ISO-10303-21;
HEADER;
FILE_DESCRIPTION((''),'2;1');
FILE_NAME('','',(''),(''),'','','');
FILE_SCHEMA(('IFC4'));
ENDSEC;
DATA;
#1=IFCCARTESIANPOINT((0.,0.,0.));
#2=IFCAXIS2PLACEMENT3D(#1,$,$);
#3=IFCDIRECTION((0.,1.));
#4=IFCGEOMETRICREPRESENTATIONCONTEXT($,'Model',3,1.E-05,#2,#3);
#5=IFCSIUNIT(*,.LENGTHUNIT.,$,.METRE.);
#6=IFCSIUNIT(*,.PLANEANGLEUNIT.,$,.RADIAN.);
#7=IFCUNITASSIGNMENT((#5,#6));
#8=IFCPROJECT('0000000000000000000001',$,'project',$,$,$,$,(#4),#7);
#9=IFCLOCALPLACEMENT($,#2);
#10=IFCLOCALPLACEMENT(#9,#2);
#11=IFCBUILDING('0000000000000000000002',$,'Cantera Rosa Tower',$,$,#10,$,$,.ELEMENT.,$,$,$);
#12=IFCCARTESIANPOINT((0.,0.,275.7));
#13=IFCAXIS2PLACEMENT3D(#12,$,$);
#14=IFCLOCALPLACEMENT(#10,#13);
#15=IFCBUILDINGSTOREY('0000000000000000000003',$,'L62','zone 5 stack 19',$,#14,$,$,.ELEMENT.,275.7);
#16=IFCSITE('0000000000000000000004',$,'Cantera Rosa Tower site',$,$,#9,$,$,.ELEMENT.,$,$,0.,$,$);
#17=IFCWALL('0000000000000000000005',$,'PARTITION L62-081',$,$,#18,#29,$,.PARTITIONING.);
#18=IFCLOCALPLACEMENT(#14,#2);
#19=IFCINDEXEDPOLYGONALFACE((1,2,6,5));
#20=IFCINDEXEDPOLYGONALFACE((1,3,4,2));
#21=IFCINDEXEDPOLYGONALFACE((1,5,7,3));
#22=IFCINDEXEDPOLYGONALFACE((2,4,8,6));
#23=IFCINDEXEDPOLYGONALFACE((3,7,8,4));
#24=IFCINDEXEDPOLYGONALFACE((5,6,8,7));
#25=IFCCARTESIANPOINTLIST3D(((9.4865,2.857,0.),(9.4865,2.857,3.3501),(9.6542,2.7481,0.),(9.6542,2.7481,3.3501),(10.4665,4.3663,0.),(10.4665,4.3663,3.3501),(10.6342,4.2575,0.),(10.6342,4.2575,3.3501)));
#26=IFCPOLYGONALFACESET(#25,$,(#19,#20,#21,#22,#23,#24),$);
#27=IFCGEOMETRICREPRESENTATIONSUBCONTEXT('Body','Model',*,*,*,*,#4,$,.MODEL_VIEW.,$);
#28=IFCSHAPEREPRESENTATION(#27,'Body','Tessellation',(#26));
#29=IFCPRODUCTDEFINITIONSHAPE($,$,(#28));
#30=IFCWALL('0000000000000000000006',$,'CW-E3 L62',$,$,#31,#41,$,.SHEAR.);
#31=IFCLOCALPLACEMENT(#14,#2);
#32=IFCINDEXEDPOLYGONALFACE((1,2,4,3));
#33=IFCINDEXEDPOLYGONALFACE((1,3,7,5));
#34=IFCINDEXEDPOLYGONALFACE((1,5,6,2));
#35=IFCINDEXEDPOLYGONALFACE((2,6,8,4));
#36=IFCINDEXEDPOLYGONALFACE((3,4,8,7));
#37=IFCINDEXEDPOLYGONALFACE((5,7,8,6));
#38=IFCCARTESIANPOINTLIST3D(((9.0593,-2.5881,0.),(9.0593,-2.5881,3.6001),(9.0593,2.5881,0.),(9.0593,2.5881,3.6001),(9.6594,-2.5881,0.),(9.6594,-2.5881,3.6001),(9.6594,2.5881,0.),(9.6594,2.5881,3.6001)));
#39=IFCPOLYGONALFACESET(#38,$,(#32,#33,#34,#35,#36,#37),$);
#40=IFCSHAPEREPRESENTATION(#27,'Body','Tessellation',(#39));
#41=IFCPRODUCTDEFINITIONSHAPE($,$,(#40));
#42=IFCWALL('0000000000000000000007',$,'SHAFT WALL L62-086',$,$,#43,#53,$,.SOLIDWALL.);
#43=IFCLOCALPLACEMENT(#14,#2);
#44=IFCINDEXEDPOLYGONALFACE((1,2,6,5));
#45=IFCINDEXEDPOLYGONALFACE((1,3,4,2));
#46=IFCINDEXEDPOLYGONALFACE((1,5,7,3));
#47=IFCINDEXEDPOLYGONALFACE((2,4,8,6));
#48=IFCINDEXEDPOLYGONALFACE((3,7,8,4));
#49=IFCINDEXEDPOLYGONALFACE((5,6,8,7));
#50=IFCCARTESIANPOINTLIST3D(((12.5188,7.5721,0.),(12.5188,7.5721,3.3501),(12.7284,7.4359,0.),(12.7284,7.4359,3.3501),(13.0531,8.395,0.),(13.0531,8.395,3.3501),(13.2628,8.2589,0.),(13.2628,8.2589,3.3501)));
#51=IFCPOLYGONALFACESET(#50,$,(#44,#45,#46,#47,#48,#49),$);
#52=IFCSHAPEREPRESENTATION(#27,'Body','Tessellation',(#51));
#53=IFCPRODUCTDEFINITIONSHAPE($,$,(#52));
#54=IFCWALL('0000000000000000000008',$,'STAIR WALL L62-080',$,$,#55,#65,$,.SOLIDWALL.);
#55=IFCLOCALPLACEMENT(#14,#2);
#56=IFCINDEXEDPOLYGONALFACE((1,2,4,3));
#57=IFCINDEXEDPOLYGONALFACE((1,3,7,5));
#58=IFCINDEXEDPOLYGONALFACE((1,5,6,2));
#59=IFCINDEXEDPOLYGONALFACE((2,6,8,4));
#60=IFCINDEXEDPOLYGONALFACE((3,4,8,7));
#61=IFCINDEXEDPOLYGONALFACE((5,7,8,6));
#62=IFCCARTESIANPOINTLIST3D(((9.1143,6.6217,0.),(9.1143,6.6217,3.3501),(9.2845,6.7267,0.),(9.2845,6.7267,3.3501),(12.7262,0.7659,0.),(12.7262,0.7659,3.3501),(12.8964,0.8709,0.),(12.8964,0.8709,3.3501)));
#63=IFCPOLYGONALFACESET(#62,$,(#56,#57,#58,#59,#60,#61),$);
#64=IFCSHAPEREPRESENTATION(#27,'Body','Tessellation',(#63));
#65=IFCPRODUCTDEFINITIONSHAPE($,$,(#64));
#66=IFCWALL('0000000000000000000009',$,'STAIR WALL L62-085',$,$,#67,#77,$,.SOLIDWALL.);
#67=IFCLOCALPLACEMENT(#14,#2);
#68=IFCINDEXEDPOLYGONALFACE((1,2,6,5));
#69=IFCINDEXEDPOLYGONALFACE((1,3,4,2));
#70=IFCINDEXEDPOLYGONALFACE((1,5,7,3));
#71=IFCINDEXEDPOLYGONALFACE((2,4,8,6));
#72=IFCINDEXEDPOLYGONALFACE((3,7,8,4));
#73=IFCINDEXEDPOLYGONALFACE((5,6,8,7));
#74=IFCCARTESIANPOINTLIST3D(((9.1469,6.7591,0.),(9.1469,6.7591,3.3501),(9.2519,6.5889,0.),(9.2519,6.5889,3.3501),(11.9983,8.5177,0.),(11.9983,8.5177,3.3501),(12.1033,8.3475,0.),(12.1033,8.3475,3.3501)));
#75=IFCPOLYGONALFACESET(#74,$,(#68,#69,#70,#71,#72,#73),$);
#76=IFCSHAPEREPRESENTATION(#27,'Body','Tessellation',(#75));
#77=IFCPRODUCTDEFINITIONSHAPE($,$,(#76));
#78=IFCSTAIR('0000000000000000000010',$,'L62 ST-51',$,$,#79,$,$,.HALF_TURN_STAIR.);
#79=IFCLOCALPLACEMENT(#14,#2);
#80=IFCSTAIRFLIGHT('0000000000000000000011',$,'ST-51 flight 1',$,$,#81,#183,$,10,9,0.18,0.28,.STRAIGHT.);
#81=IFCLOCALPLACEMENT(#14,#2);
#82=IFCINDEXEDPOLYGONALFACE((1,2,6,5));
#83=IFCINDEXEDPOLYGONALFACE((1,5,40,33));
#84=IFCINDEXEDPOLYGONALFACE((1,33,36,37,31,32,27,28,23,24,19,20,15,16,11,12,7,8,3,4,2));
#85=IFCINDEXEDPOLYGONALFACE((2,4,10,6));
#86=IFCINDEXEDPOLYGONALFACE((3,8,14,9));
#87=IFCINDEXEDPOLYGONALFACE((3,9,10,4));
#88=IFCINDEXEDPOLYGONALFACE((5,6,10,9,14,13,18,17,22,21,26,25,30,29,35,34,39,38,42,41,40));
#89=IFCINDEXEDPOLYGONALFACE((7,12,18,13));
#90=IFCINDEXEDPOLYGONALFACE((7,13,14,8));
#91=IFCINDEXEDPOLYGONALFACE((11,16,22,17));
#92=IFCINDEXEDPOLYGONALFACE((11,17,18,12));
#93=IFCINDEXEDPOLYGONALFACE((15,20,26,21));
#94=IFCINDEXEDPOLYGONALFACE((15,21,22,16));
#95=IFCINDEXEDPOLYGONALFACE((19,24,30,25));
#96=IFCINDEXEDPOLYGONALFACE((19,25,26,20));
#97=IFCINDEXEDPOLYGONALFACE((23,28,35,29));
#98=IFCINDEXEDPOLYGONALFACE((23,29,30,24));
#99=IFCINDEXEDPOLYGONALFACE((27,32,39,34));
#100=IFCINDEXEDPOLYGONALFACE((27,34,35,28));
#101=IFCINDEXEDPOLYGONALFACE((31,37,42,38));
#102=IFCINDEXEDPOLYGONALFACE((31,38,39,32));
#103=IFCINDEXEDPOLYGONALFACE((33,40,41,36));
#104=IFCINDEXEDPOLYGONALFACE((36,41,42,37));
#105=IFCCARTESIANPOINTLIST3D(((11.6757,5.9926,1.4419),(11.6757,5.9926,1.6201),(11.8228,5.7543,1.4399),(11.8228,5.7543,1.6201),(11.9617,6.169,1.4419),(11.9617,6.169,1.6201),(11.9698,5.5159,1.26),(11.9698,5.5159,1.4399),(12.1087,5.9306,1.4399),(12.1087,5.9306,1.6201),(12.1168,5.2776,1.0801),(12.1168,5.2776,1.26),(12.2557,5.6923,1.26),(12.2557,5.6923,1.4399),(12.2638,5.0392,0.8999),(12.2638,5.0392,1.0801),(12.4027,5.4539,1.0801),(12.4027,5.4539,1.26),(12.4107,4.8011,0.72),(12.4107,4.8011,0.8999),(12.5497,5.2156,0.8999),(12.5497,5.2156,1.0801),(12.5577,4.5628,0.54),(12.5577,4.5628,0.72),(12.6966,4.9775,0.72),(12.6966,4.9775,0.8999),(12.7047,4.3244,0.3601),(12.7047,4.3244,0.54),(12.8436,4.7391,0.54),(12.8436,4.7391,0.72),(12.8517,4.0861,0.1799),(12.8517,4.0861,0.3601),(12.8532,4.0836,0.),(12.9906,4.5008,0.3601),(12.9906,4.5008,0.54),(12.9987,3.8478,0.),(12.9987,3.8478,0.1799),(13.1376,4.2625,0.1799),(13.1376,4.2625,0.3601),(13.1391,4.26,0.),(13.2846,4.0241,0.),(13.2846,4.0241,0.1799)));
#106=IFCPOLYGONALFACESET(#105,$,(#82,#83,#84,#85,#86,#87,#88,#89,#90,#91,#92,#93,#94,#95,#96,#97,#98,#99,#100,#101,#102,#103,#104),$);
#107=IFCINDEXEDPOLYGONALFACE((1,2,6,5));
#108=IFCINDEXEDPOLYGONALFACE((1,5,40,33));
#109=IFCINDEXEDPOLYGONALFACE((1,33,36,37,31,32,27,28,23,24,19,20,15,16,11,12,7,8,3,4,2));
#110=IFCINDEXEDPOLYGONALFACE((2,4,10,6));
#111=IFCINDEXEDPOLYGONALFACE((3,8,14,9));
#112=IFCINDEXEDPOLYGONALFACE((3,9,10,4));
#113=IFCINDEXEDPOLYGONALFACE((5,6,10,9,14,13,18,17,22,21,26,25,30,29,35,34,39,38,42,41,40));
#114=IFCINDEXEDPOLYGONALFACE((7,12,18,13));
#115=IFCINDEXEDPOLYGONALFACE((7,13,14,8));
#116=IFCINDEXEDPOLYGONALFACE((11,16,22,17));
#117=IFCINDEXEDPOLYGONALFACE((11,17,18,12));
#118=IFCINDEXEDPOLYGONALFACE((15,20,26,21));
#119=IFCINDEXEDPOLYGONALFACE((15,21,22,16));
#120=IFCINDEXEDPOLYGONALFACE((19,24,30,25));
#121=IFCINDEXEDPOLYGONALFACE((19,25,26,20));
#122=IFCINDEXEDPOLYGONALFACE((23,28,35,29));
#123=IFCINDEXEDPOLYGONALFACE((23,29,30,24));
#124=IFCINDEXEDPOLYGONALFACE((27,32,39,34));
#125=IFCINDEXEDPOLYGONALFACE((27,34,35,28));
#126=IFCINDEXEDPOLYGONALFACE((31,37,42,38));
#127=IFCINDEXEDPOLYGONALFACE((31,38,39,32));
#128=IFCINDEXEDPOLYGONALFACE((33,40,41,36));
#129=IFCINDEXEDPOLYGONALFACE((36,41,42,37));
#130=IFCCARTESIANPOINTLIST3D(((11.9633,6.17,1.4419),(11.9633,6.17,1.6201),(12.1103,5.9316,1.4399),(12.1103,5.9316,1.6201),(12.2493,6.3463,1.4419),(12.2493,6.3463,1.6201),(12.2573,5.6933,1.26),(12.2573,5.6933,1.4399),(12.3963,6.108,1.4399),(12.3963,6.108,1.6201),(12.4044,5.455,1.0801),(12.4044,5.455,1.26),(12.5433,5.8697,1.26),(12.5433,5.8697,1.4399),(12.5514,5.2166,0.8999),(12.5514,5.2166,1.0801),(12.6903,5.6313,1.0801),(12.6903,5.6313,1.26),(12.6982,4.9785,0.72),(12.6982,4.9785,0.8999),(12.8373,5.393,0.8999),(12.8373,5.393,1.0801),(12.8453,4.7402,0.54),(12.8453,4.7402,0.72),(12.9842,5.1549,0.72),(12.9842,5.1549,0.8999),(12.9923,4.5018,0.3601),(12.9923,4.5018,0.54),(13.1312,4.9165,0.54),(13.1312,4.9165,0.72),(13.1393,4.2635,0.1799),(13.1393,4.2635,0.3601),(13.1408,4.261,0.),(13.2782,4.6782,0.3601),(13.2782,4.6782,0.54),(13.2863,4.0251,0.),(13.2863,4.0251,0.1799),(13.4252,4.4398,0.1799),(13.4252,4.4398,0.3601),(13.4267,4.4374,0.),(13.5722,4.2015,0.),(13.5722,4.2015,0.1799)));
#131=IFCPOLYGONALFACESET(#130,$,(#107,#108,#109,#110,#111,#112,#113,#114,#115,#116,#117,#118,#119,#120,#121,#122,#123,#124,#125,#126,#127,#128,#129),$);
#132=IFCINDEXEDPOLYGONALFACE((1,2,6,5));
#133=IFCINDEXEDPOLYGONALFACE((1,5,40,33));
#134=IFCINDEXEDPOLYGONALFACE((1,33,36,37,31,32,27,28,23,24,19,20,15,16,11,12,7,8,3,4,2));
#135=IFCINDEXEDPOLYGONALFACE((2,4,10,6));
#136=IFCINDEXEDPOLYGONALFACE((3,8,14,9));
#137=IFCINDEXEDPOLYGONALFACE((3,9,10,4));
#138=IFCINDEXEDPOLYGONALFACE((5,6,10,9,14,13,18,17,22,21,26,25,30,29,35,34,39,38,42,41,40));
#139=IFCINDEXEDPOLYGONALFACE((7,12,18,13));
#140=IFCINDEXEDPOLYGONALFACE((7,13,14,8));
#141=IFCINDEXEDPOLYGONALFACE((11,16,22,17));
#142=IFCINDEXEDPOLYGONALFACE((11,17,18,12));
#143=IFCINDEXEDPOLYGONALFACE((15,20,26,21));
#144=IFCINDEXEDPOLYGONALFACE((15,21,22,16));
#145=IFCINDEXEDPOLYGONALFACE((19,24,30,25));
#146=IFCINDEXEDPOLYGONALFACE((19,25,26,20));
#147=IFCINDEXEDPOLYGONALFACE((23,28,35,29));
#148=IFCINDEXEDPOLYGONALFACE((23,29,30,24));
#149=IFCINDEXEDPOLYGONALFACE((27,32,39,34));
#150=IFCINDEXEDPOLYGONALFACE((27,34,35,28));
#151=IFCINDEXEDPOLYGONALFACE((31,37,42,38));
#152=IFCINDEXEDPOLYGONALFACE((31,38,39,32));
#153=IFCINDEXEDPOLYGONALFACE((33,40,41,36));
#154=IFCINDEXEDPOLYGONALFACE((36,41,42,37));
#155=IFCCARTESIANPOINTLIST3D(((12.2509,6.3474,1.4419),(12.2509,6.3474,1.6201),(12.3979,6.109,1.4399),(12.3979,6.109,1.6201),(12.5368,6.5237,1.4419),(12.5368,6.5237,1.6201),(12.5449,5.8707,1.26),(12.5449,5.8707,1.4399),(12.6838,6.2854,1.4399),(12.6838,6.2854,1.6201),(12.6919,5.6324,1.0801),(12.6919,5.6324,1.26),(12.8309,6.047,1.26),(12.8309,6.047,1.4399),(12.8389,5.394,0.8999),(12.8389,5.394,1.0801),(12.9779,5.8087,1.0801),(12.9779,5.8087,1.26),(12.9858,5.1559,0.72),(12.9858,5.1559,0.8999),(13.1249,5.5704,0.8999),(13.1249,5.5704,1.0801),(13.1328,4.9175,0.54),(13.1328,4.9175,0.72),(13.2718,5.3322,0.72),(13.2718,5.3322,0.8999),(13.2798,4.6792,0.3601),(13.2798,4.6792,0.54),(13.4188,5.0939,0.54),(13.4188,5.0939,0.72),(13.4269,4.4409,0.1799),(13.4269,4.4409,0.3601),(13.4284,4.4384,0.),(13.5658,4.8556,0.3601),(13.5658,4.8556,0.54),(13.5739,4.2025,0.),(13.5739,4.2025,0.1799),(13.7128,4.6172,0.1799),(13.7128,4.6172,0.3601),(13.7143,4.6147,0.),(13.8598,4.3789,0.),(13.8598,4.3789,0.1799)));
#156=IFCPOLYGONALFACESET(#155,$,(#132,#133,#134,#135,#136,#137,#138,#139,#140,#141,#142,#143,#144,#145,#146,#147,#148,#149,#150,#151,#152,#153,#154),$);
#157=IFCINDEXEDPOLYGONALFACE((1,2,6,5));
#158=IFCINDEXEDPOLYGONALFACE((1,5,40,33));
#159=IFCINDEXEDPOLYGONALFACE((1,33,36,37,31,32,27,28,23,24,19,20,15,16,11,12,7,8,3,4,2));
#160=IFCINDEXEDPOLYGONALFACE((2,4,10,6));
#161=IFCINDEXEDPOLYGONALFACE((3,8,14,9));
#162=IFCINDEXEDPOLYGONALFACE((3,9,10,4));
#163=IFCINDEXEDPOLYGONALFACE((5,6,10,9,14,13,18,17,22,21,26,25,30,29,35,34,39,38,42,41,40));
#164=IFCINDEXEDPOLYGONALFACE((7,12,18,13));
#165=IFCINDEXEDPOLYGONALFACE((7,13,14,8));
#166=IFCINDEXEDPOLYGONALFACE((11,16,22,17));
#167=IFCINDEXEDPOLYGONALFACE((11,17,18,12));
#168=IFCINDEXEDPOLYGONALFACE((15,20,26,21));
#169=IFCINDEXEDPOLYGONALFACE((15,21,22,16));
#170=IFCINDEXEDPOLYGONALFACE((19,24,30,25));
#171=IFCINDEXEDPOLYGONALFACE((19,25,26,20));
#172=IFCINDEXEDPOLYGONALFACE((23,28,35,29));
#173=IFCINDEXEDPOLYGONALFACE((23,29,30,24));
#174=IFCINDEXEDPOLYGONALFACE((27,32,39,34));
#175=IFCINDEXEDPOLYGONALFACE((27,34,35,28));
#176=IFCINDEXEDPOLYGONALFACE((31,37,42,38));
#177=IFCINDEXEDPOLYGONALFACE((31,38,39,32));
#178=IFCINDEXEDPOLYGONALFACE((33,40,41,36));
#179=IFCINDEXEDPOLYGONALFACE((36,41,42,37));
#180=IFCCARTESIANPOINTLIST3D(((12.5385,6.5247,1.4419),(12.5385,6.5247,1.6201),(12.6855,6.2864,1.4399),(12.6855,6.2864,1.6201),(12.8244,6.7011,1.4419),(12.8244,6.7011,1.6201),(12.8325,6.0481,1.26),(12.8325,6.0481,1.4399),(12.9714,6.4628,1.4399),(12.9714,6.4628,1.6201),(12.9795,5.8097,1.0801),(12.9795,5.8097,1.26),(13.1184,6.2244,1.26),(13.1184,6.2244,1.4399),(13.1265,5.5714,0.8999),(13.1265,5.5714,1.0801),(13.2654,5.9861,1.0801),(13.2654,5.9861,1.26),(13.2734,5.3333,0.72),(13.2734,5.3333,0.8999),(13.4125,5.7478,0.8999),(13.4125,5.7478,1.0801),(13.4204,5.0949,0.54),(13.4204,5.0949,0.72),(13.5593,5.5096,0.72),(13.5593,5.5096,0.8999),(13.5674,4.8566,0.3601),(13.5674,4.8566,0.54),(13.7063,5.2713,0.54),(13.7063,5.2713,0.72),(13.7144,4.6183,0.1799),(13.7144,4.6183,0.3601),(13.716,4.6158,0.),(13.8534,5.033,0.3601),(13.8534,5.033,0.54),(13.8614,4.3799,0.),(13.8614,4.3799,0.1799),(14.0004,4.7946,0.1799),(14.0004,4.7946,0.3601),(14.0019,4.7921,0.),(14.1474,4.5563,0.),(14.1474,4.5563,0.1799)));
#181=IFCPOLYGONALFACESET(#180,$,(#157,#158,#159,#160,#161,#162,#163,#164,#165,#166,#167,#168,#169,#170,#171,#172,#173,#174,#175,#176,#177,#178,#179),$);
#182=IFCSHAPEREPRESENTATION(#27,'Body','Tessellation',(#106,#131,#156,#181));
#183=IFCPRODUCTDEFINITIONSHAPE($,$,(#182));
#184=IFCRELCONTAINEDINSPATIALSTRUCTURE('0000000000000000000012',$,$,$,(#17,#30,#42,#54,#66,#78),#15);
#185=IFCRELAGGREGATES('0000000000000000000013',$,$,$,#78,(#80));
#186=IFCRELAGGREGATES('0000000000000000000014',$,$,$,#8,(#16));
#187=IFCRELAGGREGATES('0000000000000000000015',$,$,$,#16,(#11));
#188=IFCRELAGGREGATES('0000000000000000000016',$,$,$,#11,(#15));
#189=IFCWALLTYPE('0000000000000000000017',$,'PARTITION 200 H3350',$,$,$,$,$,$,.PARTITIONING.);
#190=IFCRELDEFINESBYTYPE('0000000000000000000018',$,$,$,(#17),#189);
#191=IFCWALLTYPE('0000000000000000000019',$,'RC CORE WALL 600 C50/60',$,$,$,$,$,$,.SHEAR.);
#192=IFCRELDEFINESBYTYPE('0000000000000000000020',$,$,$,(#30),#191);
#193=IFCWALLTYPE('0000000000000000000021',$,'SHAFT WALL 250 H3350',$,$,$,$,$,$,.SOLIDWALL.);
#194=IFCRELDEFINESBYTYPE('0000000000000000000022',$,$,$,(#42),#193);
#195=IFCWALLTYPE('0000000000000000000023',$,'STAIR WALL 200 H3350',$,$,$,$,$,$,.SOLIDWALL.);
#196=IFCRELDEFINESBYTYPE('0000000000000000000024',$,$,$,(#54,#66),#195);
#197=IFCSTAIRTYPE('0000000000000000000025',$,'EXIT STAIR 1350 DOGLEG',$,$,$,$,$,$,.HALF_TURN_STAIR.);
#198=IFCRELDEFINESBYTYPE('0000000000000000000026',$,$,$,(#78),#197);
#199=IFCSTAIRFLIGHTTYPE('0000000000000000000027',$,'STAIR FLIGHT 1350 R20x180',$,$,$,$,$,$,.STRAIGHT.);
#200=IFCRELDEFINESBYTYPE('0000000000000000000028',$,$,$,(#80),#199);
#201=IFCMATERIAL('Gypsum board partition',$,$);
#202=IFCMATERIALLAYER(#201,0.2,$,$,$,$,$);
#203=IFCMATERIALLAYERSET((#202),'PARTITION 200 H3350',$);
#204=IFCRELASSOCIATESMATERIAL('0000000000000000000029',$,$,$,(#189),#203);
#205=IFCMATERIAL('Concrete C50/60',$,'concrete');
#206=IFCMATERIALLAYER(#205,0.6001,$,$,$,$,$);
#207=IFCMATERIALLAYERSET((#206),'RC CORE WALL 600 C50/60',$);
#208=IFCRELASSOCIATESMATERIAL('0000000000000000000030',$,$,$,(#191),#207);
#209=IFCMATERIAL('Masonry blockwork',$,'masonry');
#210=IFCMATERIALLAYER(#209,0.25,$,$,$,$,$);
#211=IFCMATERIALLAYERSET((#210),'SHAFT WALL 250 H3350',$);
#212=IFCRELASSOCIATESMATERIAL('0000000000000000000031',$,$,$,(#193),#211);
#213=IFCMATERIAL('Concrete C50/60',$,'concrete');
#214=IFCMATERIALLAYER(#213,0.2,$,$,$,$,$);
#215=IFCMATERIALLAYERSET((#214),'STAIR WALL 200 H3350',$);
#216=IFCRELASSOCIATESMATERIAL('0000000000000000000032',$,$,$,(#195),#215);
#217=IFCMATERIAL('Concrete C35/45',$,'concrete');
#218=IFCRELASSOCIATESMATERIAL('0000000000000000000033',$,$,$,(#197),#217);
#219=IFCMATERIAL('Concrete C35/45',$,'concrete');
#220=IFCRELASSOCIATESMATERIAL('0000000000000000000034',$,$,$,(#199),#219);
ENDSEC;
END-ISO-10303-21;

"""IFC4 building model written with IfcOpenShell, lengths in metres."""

from ifc_helpers import new_model, si_unit, direction, frame, frame_2d, origin, place, context, subcontext, project, spatial, polyline, rectangle, outline, extrude, material, layer, layer_set, type_object, element, aggregate, save


model = new_model("IFC4")

# Units and contexts
model_context = context("Model", 3, precision=1e-05, world=origin(), true_north=direction((0.0, 1.0)))
body_context = subcontext(model_context, "Body", "Model", "MODEL_VIEW")
ifc_project = project(units=[si_unit("LENGTHUNIT", "METRE"), si_unit("PLANEANGLEUNIT", "RADIAN")], contexts=[model_context])

# Site, building, storey
site_placement = place(None, origin())
site = spatial("IfcSite", under=ifc_project, at=site_placement, Name="Cantera Rosa Tower site", CompositionType="ELEMENT", RefElevation=0.0)
building_placement = place(site_placement, origin())
building = spatial("IfcBuilding", under=site, at=building_placement, Name="Cantera Rosa Tower", CompositionType="ELEMENT")
storey_placement = place(building_placement, frame((0.0, 0.0, 275.7)))
storey = spatial("IfcBuildingStorey", under=building, at=storey_placement, Name="L62", Description="zone 5 stack 19", CompositionType="ELEMENT", Elevation=275.7)

# Walls
ifc_material_1 = material(Name="Gypsum board partition")
ifc_layer_1 = layer(ifc_material_1, 0.2)
ifc_layer_set_1 = layer_set([ifc_layer_1], Name="PARTITION 200 H3350")
wall_type_1 = type_object("IfcWallType", Name="PARTITION 200 H3350", PredefinedType="PARTITIONING", material=ifc_layer_set_1)
wall_1_placement = place(storey_placement, frame((9.5703, 2.8025, 0.0), z_axis=(0.0, 0.0, 1.0), x_axis=(0.544578, 0.83871, 0.0)))
element("IfcWall", 1, at=wall_1_placement, inside=storey, type_object=wall_type_1, Name="PARTITION L62-081", PredefinedType="PARTITIONING", context=body_context, shape_type="SweptSolid", body=[
    extrude(rectangle(XDim=1.7996, YDim=0.2, at=frame_2d((0.8999, 0.0))), origin(), (0.0, 0.0, 1.0), 3.3501),
])
ifc_material_2 = material(Name="Concrete C50/60", Category="concrete")
ifc_layer_2 = layer(ifc_material_2, 0.6001)
ifc_layer_set_2 = layer_set([ifc_layer_2], Name="RC CORE WALL 600 C50/60")
wall_type_2 = type_object("IfcWallType", Name="RC CORE WALL 600 C50/60", PredefinedType="SHEAR", material=ifc_layer_set_2)
wall_2_placement = place(storey_placement, frame((9.3594, 2.5881, 0.0), z_axis=(0.0, 0.0, 1.0), x_axis=(0.0, -1.0, 0.0)))
element("IfcWall", 2, at=wall_2_placement, inside=storey, type_object=wall_type_2, Name="CW-E3 L62", PredefinedType="SHEAR", context=body_context, shape_type="SweptSolid", body=[
    extrude(rectangle(XDim=5.1763, YDim=0.6001, at=frame_2d((2.5881, 0.0))), origin(), (0.0, 0.0, 1.0), 3.6001),
])
ifc_material_3 = material(Name="Masonry blockwork", Category="masonry")
ifc_layer_3 = layer(ifc_material_3, 0.25)
ifc_layer_set_3 = layer_set([ifc_layer_3], Name="SHAFT WALL 250 H3350")
wall_type_3 = type_object("IfcWallType", Name="SHAFT WALL 250 H3350", PredefinedType="SOLIDWALL", material=ifc_layer_set_3)
wall_3_placement = place(storey_placement, frame((12.6235, 7.5039, 0.0), z_axis=(0.0, 0.0, 1.0), x_axis=(0.544612, 0.838688, 0.0)))
element("IfcWall", 3, at=wall_3_placement, inside=storey, type_object=wall_type_3, Name="SHAFT WALL L62-086", PredefinedType="SOLIDWALL", context=body_context, shape_type="SweptSolid", body=[
    extrude(rectangle(XDim=0.9812, YDim=0.25, at=frame_2d((0.4907, 0.0))), origin(), (0.0, 0.0, 1.0), 3.3501),
])
ifc_material_4 = material(Name="Concrete C50/60", Category="concrete")
ifc_layer_4 = layer(ifc_material_4, 0.2)
ifc_layer_set_4 = layer_set([ifc_layer_4], Name="STAIR WALL 200 H3350")
wall_type_4 = type_object("IfcWallType", Name="STAIR WALL 200 H3350", PredefinedType="SOLIDWALL", material=ifc_layer_set_4)
wall_4_placement = place(storey_placement, frame((9.1995, 6.6741, 0.0), z_axis=(0.0, 0.0, 1.0), x_axis=(0.524972, -0.851119, 0.0)))
element("IfcWall", 4, at=wall_4_placement, inside=storey, type_object=wall_type_4, Name="STAIR WALL L62-080", PredefinedType="SOLIDWALL", context=body_context, shape_type="SweptSolid", body=[
    extrude(rectangle(XDim=6.8801, YDim=0.2, at=frame_2d((3.4399, 0.0))), origin(), (0.0, 0.0, 1.0), 3.3501),
])
wall_5_placement = place(storey_placement, frame((12.0508, 8.4326, 0.0), z_axis=(0.0, 0.0, 1.0), x_axis=(-0.85114, -0.524939, 0.0)))
element("IfcWall", 5, at=wall_5_placement, inside=storey, type_object=wall_type_4, Name="STAIR WALL L62-085", PredefinedType="SOLIDWALL", context=body_context, shape_type="SweptSolid", body=[
    extrude(rectangle(XDim=3.3501, YDim=0.2, at=frame_2d((1.675, 0.0))), origin(), (0.0, 0.0, 1.0), 3.3501),
])

# Stair, stair flight
ifc_material_5 = material(Name="Concrete C35/45", Category="concrete")
stair_type = type_object("IfcStairType", Name="EXIT STAIR 1350 DOGLEG", PredefinedType="HALF_TURN_STAIR", material=ifc_material_5)
stair_placement = place(storey_placement, origin())
stair = element("IfcStair", 6, at=stair_placement, inside=storey, type_object=stair_type, Name="L62 ST-51", PredefinedType="HALF_TURN_STAIR")
ifc_material_6 = material(Name="Concrete C35/45", Category="concrete")
stair_flight_type = type_object("IfcStairFlightType", Name="STAIR FLIGHT 1350 R20x180", PredefinedType="STRAIGHT", material=ifc_material_6)
stair_flight_1_placement = place(storey_placement, frame((13.5732, 4.2021, 0.0), z_axis=(0.0, 0.0, 1.0), x_axis=(-0.524977, 0.851117, 0.0)))
stair_flight_1 = element("IfcStairFlight", 7, at=stair_flight_1_placement, type_object=stair_flight_type, Name="ST-51 flight 1", NumberOfRisers=10, NumberOfTreads=9, PredefinedType="STRAIGHT", RiserHeight=0.18, TreadLength=0.28, context=body_context, shape_type="SweptSolid", body=[
    extrude(outline(polyline([(0.0, 0.0), (0.0, 0.1799), (0.28, 0.1799), (0.28, 0.3601), (0.5601, 0.3601), (0.5601, 0.54), (0.8401, 0.54), (0.8401, 0.72), (1.1201, 0.72), (1.1201, 0.8999), (1.3999, 0.8999), (1.3999, 1.0801), (1.6799, 1.0801), (1.6799, 1.26), (1.96, 1.26), (1.96, 1.4399), (2.24, 1.4399), (2.24, 1.6201), (2.52, 1.6201), (2.52, 1.8), (2.52, 1.4419), (0.2771, 0.0), (0.0, 0.0)])), frame((0.0, 0.675, 0.0), z_axis=(0.0, -1.0, 0.0), x_axis=(1.0, 0.0, 0.0)), (0.0, 0.0, 1.0), 0.3359),
    extrude(outline(polyline([(0.0, 0.0), (0.0, 0.1799), (0.28, 0.1799), (0.28, 0.3601), (0.5601, 0.3601), (0.5601, 0.54), (0.8401, 0.54), (0.8401, 0.72), (1.1201, 0.72), (1.1201, 0.8999), (1.3999, 0.8999), (1.3999, 1.0801), (1.6799, 1.0801), (1.6799, 1.26), (1.96, 1.26), (1.96, 1.4399), (2.24, 1.4399), (2.24, 1.6201), (2.52, 1.6201), (2.52, 1.8), (2.52, 1.4419), (0.2771, 0.0), (0.0, 0.0)])), frame((0.0, 0.3372, 0.0), z_axis=(0.0, -1.0, 0.0), x_axis=(1.0, 0.0, 0.0)), (0.0, 0.0, 1.0), 0.3359),
    extrude(outline(polyline([(0.0, 0.0), (0.0, 0.1799), (0.28, 0.1799), (0.28, 0.3601), (0.5601, 0.3601), (0.5601, 0.54), (0.8401, 0.54), (0.8401, 0.72), (1.1201, 0.72), (1.1201, 0.8999), (1.3999, 0.8999), (1.3999, 1.0801), (1.6799, 1.0801), (1.6799, 1.26), (1.96, 1.26), (1.96, 1.4399), (2.24, 1.4399), (2.24, 1.6201), (2.52, 1.6201), (2.52, 1.8), (2.52, 1.4419), (0.2771, 0.0), (0.0, 0.0)])), frame((0.0, -0.0007, 0.0), z_axis=(0.0, -1.0, 0.0), x_axis=(1.0, 0.0, 0.0)), (0.0, 0.0, 1.0), 0.3359),
    extrude(outline(polyline([(0.0, 0.0), (0.0, 0.1799), (0.28, 0.1799), (0.28, 0.3601), (0.5601, 0.3601), (0.5601, 0.54), (0.8401, 0.54), (0.8401, 0.72), (1.1201, 0.72), (1.1201, 0.8999), (1.3999, 0.8999), (1.3999, 1.0801), (1.6799, 1.0801), (1.6799, 1.26), (1.96, 1.26), (1.96, 1.4399), (2.24, 1.4399), (2.24, 1.6201), (2.52, 1.6201), (2.52, 1.8), (2.52, 1.4419), (0.2771, 0.0), (0.0, 0.0)])), frame((0.0, -0.3386, 0.0), z_axis=(0.0, -1.0, 0.0), x_axis=(1.0, 0.0, 0.0)), (0.0, 0.0, 1.0), 0.3359),
])
aggregate(stair, [stair_flight_1])

save(model, "model.ifc")
